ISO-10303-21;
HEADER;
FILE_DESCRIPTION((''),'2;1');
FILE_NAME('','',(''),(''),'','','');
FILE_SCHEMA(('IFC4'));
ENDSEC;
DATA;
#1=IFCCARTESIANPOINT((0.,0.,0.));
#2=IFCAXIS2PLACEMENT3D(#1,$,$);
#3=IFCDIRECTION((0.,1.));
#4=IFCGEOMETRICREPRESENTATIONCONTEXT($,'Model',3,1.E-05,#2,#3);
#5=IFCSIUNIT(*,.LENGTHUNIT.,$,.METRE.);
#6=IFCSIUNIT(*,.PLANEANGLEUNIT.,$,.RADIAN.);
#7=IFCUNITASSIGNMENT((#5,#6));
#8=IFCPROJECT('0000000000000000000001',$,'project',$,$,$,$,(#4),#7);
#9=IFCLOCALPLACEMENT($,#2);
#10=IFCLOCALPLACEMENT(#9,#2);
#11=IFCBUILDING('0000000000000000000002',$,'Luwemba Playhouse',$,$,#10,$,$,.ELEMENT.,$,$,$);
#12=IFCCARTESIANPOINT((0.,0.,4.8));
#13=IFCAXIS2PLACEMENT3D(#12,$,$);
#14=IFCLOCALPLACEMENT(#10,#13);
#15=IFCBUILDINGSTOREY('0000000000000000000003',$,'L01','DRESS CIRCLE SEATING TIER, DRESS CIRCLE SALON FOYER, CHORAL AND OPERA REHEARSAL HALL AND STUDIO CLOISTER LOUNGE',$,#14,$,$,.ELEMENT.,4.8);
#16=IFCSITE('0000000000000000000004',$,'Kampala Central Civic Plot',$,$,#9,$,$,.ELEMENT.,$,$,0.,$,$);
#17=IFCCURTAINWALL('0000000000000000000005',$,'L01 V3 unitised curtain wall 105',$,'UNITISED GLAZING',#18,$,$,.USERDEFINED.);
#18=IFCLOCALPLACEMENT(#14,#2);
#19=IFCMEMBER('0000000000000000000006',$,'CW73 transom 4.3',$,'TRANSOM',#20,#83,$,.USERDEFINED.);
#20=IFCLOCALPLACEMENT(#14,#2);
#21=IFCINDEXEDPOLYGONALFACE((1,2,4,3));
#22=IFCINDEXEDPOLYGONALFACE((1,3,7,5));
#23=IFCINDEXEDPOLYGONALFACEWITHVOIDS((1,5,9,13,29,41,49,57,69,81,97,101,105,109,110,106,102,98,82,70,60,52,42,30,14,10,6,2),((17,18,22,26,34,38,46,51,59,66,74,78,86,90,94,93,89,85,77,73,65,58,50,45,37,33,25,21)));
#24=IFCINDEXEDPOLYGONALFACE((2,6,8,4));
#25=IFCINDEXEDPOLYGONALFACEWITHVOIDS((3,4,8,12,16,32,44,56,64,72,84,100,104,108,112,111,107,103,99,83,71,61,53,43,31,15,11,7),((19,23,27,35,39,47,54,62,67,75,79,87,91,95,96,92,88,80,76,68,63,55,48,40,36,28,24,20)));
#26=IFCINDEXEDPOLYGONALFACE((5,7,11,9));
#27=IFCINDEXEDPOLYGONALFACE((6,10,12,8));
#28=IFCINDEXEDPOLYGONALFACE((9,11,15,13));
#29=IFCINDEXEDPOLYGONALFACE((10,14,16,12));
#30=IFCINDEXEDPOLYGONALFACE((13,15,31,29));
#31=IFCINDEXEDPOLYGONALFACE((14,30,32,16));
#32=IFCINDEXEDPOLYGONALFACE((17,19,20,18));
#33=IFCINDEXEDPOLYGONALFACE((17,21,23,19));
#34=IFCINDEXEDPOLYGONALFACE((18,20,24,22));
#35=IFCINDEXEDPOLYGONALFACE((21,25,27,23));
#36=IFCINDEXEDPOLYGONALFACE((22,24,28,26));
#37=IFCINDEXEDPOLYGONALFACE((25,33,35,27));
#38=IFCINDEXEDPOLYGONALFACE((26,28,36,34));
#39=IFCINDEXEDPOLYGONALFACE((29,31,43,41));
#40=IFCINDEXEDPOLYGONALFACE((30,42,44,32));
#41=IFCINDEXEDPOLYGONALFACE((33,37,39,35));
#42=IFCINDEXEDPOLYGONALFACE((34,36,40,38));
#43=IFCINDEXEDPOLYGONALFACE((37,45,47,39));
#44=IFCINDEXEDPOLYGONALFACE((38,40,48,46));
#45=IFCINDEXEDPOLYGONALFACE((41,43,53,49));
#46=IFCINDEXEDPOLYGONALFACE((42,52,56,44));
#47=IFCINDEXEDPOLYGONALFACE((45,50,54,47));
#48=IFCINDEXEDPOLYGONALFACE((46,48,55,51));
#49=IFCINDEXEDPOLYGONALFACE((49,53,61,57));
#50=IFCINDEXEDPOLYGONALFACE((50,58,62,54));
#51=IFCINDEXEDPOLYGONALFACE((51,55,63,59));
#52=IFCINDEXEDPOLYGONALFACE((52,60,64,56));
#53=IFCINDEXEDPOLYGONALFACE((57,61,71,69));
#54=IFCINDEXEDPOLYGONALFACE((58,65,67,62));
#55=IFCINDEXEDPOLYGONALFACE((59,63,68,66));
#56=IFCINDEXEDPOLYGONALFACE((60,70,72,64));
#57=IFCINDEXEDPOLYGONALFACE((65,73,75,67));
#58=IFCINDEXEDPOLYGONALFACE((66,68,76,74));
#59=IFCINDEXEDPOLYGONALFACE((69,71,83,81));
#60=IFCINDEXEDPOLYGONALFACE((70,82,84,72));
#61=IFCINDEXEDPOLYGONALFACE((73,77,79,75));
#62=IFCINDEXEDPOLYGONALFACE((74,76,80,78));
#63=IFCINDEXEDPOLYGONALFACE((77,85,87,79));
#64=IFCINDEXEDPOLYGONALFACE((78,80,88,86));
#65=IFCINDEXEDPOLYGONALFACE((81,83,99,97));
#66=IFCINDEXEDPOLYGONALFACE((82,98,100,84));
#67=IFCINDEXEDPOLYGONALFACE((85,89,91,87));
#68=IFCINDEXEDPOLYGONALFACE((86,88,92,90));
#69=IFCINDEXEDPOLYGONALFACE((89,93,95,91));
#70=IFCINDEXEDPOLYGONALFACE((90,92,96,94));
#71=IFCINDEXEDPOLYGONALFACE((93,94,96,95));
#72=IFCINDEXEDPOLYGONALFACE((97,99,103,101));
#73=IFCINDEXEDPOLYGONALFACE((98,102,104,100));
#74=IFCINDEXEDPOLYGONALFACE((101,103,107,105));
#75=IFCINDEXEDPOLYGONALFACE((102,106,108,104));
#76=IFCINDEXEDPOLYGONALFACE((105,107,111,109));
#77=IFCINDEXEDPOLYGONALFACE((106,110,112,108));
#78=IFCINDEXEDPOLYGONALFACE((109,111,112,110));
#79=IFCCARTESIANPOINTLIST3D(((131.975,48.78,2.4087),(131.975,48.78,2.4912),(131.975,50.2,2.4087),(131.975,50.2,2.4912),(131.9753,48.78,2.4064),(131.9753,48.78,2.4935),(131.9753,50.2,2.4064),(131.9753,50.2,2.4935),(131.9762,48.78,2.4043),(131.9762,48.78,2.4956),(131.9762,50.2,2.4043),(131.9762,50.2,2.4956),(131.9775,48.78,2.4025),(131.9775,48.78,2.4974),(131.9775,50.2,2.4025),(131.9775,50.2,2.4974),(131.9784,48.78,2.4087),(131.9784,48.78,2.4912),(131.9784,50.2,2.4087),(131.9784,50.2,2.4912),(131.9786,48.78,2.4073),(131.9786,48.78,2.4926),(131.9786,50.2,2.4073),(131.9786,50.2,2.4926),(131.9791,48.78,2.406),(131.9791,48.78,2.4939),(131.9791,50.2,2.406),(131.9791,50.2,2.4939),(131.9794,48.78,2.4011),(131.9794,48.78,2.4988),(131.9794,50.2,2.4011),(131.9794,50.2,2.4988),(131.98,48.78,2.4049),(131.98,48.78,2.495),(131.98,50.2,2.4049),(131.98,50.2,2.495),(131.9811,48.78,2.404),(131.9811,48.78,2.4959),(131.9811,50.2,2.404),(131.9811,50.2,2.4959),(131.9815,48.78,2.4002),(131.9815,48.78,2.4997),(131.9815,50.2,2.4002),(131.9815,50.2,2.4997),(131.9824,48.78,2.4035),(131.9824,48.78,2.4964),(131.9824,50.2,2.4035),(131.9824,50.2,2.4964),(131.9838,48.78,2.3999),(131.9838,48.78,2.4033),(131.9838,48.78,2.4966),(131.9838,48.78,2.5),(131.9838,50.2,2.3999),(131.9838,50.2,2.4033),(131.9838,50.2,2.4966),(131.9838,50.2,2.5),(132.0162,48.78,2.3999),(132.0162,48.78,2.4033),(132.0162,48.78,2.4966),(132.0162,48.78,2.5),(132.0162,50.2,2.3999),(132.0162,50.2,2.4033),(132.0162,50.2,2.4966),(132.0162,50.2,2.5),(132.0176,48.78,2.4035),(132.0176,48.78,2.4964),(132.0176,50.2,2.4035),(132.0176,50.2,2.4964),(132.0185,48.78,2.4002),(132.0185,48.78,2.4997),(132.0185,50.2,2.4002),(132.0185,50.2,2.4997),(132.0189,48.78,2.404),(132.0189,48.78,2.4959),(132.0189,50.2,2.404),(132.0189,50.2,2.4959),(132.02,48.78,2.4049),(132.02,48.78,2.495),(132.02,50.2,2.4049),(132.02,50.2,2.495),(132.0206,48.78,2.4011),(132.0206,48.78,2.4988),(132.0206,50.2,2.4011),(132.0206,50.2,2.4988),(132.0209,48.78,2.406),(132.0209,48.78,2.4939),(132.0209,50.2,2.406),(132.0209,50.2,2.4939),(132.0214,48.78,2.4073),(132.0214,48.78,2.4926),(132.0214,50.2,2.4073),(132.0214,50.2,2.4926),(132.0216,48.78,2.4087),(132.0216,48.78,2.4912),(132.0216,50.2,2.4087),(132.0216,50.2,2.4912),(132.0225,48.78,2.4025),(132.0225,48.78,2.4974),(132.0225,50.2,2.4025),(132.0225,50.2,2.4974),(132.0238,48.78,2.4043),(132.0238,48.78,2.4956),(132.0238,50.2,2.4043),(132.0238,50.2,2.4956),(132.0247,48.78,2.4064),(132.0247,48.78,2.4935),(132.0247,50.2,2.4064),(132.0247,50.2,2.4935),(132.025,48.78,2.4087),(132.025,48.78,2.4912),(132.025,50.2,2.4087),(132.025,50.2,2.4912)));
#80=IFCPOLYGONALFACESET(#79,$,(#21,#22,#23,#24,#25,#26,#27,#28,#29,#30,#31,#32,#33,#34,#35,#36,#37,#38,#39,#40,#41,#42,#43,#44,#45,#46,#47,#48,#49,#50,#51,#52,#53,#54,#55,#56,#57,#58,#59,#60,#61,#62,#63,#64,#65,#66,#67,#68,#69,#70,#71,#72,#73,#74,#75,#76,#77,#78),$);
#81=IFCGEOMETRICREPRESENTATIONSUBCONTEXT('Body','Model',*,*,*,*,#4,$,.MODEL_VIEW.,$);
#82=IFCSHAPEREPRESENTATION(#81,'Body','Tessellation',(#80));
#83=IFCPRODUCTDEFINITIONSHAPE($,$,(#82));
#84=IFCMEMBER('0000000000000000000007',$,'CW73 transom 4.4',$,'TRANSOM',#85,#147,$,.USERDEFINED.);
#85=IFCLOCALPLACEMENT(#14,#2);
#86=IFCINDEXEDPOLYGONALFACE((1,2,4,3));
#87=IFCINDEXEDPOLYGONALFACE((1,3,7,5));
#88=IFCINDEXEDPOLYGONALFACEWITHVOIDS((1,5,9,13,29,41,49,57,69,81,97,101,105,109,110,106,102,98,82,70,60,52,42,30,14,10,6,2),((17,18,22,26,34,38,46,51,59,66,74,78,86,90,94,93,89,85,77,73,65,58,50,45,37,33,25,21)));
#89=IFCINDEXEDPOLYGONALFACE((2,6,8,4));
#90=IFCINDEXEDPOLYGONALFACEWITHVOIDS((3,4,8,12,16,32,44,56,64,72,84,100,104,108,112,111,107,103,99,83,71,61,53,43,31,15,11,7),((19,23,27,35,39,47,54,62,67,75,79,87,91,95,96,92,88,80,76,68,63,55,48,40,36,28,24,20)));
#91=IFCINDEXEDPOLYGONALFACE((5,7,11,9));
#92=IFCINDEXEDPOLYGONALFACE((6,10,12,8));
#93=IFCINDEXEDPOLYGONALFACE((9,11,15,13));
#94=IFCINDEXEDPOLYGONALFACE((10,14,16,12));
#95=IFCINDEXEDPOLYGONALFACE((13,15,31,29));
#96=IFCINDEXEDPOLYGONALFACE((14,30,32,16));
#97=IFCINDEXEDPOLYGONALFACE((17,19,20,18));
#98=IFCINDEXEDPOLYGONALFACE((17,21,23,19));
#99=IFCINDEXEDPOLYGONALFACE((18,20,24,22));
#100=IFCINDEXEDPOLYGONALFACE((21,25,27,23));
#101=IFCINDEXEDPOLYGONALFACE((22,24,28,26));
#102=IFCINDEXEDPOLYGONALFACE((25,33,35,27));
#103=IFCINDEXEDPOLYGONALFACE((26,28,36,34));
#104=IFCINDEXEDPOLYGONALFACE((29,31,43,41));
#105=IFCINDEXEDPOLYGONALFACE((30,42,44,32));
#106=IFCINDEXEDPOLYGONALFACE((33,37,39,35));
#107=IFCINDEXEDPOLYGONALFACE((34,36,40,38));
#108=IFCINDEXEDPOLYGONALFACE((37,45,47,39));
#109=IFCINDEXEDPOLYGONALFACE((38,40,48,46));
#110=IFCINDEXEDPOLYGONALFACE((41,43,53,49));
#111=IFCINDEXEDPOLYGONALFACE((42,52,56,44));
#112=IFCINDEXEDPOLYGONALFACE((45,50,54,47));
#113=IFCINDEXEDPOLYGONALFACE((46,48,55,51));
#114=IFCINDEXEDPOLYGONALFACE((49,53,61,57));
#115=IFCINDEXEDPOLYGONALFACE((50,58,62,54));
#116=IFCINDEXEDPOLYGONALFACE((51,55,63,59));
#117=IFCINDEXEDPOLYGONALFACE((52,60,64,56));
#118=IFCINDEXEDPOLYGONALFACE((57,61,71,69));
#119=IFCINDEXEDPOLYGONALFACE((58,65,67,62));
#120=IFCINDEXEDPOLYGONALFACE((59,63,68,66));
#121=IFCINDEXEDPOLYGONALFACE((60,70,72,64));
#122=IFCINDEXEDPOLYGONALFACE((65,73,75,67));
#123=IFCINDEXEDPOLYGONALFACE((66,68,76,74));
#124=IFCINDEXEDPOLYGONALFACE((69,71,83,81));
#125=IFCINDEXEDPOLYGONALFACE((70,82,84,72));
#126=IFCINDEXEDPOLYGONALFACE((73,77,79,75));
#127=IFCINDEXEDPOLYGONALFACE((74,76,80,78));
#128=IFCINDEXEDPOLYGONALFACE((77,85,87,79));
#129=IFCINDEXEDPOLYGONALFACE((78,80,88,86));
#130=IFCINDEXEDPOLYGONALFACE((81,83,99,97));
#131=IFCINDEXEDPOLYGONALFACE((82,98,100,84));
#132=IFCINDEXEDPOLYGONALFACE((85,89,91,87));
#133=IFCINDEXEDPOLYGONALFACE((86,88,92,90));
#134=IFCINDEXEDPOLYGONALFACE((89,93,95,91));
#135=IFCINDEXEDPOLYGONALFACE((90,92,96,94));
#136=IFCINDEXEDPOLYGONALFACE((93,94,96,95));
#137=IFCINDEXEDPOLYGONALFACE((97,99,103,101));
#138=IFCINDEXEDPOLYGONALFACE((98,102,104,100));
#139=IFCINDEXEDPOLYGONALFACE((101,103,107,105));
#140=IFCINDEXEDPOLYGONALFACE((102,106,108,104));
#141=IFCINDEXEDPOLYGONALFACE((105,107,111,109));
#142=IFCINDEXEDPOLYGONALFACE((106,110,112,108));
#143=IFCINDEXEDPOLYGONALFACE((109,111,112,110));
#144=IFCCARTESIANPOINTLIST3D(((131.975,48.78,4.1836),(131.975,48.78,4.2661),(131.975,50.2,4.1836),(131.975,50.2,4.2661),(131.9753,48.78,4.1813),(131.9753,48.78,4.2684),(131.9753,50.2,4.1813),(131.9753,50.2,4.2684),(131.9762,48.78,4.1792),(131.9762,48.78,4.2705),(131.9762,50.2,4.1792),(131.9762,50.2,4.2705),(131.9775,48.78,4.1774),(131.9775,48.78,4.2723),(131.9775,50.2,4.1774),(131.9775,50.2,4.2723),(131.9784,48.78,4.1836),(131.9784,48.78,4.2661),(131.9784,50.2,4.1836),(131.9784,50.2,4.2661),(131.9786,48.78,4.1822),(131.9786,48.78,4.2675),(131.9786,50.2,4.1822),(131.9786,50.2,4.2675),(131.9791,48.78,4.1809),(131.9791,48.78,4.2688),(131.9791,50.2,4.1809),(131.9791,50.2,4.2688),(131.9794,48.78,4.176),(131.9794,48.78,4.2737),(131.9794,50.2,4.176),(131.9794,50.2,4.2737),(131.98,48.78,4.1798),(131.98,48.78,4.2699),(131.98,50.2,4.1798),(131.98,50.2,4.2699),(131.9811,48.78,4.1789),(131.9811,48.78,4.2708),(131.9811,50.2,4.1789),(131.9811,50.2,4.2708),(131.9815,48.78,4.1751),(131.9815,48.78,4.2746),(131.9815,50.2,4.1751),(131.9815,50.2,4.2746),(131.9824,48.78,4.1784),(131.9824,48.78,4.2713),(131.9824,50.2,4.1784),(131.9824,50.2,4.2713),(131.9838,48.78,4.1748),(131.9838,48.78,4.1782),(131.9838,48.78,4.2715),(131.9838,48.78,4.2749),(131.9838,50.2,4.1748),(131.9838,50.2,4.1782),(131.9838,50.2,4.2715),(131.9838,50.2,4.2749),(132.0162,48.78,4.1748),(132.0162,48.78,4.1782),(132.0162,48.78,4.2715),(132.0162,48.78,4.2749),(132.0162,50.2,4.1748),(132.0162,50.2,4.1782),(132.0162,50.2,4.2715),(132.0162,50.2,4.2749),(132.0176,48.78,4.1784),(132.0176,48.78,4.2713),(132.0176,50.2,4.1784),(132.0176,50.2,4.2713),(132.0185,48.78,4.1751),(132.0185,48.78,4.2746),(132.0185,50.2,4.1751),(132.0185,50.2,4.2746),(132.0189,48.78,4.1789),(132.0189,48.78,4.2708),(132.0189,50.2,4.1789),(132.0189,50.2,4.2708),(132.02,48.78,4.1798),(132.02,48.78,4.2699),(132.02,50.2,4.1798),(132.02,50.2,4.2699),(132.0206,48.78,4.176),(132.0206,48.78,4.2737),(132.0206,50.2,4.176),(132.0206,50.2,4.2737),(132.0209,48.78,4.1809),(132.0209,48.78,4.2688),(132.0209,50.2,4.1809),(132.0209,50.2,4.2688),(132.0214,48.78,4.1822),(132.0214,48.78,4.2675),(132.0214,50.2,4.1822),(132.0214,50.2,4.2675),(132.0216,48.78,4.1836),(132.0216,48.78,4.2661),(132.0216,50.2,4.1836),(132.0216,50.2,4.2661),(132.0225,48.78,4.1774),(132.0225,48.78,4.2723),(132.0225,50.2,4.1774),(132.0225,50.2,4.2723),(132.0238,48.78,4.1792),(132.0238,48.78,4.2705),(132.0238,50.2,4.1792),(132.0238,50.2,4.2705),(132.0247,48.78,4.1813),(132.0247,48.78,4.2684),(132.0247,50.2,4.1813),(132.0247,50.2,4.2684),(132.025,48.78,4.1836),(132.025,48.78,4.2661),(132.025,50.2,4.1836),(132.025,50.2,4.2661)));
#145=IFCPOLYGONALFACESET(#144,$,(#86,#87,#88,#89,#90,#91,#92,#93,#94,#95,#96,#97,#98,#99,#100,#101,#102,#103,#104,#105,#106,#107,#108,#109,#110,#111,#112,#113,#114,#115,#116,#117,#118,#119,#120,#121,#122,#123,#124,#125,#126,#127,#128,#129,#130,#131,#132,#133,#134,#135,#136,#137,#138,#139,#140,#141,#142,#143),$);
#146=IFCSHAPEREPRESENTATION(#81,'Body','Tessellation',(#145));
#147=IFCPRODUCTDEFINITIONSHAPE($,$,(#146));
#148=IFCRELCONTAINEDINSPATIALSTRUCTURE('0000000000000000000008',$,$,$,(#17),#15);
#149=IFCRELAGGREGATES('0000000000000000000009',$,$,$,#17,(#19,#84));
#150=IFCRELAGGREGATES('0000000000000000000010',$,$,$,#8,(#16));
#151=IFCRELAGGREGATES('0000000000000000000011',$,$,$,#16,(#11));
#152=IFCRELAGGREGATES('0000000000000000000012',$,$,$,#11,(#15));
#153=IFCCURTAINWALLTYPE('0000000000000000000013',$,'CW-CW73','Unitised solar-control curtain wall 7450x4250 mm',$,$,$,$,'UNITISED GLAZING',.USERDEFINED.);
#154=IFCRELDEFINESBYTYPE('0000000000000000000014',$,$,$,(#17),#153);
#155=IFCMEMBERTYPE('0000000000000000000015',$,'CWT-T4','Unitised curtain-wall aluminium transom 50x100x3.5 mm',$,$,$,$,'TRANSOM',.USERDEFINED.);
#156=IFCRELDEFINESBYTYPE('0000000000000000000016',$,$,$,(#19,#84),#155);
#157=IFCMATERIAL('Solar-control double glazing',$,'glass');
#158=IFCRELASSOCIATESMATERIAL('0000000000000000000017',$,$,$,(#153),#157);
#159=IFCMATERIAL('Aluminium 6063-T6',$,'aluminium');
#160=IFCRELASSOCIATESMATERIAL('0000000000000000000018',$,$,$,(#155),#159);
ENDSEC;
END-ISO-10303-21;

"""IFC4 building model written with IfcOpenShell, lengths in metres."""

from ifc_helpers import new_model, si_unit, direction, frame, origin, origin_2d, place, context, subcontext, project, spatial, hollow_rectangle, extrude, material, material_profile, profile_set, type_object, element, aggregate, save


model = new_model("IFC4")

# Units and contexts
model_context = context("Model", 3, precision=1e-05, world=origin(), true_north=direction((0.0, 1.0)))
body_context = subcontext(model_context, "Body", "Model", "MODEL_VIEW")
ifc_project = project(units=[si_unit("LENGTHUNIT", "METRE"), si_unit("PLANEANGLEUNIT", "RADIAN")], contexts=[model_context])

# Site, building, storey
site_placement = place(None, origin())
site = spatial("IfcSite", under=ifc_project, at=site_placement, Name="Kampala Central Civic Plot", CompositionType="ELEMENT", RefElevation=0.0)
building_placement = place(site_placement, origin())
building = spatial("IfcBuilding", under=site, at=building_placement, Name="Luwemba Playhouse", CompositionType="ELEMENT")
storey_placement = place(building_placement, frame((0.0, 0.0, 4.8)))
storey = spatial("IfcBuildingStorey", under=building, at=storey_placement, Name="L01", Description="DRESS CIRCLE SEATING TIER, DRESS CIRCLE SALON FOYER, CHORAL AND OPERA REHEARSAL HALL AND STUDIO CLOISTER LOUNGE", CompositionType="ELEMENT", Elevation=4.8)

# Curtain wall, members
ifc_material_1 = material(Name="Solar-control double glazing", Category="glass")
curtain_wall_type = type_object("IfcCurtainWallType", Name="CW-CW73", Description="Unitised solar-control curtain wall 7450x4250 mm", ElementType="UNITISED GLAZING", PredefinedType="USERDEFINED", material=ifc_material_1)
curtain_wall_placement = place(storey_placement, origin())
curtain_wall = element("IfcCurtainWall", 1, at=curtain_wall_placement, inside=storey, type_object=curtain_wall_type, Name="L01 V3 unitised curtain wall 105", ObjectType="UNITISED GLAZING", PredefinedType="USERDEFINED")
ifc_material_2 = material(Name="Aluminium 6063-T6", Category="aluminium")
ifc_material_profile_1 = material_profile(ifc_material_2, hollow_rectangle(XDim=0.05, YDim=0.1001, WallThickness=0.0034, InnerFilletRadius=0.0054, OuterFilletRadius=0.0088, at=origin_2d()))
ifc_profile_set_1 = profile_set([ifc_material_profile_1], Name="Aluminium 6063-T6")
member_type_1 = type_object("IfcMemberType", Name="CWT-T4", Description="Unitised curtain-wall aluminium transom 50x100x3.5 mm", ElementType="TRANSOM", PredefinedType="USERDEFINED", material=ifc_profile_set_1)
member_1_placement = place(storey_placement, frame((132.0, 48.78, 2.45), z_axis=(0.0, 1.0, 0.0), x_axis=(-1.0, 0.0, 0.0)))
member_1 = element("IfcMember", 2, at=member_1_placement, type_object=member_type_1, Name="CW73 transom 4.3", ObjectType="TRANSOM", PredefinedType="USERDEFINED", context=body_context, shape_type="SweptSolid", body=[
    extrude(hollow_rectangle(XDim=0.05, YDim=0.1001, WallThickness=0.0034, InnerFilletRadius=0.0054, OuterFilletRadius=0.0088, at=origin_2d()), origin(), (0.0, 0.0, 1.0), 1.4199),
])
member_2_placement = place(storey_placement, frame((132.0, 48.78, 4.2249), z_axis=(0.0, 1.0, 0.0), x_axis=(-1.0, 0.0, 0.0)))
member_2 = element("IfcMember", 3, at=member_2_placement, type_object=member_type_1, Name="CW73 transom 4.4", ObjectType="TRANSOM", PredefinedType="USERDEFINED", context=body_context, shape_type="SweptSolid", body=[
    extrude(hollow_rectangle(XDim=0.05, YDim=0.1001, WallThickness=0.0034, InnerFilletRadius=0.0054, OuterFilletRadius=0.0088, at=origin_2d()), origin(), (0.0, 0.0, 1.0), 1.4199),
])
aggregate(curtain_wall, [member_1, member_2])

save(model, "model.ifc")
